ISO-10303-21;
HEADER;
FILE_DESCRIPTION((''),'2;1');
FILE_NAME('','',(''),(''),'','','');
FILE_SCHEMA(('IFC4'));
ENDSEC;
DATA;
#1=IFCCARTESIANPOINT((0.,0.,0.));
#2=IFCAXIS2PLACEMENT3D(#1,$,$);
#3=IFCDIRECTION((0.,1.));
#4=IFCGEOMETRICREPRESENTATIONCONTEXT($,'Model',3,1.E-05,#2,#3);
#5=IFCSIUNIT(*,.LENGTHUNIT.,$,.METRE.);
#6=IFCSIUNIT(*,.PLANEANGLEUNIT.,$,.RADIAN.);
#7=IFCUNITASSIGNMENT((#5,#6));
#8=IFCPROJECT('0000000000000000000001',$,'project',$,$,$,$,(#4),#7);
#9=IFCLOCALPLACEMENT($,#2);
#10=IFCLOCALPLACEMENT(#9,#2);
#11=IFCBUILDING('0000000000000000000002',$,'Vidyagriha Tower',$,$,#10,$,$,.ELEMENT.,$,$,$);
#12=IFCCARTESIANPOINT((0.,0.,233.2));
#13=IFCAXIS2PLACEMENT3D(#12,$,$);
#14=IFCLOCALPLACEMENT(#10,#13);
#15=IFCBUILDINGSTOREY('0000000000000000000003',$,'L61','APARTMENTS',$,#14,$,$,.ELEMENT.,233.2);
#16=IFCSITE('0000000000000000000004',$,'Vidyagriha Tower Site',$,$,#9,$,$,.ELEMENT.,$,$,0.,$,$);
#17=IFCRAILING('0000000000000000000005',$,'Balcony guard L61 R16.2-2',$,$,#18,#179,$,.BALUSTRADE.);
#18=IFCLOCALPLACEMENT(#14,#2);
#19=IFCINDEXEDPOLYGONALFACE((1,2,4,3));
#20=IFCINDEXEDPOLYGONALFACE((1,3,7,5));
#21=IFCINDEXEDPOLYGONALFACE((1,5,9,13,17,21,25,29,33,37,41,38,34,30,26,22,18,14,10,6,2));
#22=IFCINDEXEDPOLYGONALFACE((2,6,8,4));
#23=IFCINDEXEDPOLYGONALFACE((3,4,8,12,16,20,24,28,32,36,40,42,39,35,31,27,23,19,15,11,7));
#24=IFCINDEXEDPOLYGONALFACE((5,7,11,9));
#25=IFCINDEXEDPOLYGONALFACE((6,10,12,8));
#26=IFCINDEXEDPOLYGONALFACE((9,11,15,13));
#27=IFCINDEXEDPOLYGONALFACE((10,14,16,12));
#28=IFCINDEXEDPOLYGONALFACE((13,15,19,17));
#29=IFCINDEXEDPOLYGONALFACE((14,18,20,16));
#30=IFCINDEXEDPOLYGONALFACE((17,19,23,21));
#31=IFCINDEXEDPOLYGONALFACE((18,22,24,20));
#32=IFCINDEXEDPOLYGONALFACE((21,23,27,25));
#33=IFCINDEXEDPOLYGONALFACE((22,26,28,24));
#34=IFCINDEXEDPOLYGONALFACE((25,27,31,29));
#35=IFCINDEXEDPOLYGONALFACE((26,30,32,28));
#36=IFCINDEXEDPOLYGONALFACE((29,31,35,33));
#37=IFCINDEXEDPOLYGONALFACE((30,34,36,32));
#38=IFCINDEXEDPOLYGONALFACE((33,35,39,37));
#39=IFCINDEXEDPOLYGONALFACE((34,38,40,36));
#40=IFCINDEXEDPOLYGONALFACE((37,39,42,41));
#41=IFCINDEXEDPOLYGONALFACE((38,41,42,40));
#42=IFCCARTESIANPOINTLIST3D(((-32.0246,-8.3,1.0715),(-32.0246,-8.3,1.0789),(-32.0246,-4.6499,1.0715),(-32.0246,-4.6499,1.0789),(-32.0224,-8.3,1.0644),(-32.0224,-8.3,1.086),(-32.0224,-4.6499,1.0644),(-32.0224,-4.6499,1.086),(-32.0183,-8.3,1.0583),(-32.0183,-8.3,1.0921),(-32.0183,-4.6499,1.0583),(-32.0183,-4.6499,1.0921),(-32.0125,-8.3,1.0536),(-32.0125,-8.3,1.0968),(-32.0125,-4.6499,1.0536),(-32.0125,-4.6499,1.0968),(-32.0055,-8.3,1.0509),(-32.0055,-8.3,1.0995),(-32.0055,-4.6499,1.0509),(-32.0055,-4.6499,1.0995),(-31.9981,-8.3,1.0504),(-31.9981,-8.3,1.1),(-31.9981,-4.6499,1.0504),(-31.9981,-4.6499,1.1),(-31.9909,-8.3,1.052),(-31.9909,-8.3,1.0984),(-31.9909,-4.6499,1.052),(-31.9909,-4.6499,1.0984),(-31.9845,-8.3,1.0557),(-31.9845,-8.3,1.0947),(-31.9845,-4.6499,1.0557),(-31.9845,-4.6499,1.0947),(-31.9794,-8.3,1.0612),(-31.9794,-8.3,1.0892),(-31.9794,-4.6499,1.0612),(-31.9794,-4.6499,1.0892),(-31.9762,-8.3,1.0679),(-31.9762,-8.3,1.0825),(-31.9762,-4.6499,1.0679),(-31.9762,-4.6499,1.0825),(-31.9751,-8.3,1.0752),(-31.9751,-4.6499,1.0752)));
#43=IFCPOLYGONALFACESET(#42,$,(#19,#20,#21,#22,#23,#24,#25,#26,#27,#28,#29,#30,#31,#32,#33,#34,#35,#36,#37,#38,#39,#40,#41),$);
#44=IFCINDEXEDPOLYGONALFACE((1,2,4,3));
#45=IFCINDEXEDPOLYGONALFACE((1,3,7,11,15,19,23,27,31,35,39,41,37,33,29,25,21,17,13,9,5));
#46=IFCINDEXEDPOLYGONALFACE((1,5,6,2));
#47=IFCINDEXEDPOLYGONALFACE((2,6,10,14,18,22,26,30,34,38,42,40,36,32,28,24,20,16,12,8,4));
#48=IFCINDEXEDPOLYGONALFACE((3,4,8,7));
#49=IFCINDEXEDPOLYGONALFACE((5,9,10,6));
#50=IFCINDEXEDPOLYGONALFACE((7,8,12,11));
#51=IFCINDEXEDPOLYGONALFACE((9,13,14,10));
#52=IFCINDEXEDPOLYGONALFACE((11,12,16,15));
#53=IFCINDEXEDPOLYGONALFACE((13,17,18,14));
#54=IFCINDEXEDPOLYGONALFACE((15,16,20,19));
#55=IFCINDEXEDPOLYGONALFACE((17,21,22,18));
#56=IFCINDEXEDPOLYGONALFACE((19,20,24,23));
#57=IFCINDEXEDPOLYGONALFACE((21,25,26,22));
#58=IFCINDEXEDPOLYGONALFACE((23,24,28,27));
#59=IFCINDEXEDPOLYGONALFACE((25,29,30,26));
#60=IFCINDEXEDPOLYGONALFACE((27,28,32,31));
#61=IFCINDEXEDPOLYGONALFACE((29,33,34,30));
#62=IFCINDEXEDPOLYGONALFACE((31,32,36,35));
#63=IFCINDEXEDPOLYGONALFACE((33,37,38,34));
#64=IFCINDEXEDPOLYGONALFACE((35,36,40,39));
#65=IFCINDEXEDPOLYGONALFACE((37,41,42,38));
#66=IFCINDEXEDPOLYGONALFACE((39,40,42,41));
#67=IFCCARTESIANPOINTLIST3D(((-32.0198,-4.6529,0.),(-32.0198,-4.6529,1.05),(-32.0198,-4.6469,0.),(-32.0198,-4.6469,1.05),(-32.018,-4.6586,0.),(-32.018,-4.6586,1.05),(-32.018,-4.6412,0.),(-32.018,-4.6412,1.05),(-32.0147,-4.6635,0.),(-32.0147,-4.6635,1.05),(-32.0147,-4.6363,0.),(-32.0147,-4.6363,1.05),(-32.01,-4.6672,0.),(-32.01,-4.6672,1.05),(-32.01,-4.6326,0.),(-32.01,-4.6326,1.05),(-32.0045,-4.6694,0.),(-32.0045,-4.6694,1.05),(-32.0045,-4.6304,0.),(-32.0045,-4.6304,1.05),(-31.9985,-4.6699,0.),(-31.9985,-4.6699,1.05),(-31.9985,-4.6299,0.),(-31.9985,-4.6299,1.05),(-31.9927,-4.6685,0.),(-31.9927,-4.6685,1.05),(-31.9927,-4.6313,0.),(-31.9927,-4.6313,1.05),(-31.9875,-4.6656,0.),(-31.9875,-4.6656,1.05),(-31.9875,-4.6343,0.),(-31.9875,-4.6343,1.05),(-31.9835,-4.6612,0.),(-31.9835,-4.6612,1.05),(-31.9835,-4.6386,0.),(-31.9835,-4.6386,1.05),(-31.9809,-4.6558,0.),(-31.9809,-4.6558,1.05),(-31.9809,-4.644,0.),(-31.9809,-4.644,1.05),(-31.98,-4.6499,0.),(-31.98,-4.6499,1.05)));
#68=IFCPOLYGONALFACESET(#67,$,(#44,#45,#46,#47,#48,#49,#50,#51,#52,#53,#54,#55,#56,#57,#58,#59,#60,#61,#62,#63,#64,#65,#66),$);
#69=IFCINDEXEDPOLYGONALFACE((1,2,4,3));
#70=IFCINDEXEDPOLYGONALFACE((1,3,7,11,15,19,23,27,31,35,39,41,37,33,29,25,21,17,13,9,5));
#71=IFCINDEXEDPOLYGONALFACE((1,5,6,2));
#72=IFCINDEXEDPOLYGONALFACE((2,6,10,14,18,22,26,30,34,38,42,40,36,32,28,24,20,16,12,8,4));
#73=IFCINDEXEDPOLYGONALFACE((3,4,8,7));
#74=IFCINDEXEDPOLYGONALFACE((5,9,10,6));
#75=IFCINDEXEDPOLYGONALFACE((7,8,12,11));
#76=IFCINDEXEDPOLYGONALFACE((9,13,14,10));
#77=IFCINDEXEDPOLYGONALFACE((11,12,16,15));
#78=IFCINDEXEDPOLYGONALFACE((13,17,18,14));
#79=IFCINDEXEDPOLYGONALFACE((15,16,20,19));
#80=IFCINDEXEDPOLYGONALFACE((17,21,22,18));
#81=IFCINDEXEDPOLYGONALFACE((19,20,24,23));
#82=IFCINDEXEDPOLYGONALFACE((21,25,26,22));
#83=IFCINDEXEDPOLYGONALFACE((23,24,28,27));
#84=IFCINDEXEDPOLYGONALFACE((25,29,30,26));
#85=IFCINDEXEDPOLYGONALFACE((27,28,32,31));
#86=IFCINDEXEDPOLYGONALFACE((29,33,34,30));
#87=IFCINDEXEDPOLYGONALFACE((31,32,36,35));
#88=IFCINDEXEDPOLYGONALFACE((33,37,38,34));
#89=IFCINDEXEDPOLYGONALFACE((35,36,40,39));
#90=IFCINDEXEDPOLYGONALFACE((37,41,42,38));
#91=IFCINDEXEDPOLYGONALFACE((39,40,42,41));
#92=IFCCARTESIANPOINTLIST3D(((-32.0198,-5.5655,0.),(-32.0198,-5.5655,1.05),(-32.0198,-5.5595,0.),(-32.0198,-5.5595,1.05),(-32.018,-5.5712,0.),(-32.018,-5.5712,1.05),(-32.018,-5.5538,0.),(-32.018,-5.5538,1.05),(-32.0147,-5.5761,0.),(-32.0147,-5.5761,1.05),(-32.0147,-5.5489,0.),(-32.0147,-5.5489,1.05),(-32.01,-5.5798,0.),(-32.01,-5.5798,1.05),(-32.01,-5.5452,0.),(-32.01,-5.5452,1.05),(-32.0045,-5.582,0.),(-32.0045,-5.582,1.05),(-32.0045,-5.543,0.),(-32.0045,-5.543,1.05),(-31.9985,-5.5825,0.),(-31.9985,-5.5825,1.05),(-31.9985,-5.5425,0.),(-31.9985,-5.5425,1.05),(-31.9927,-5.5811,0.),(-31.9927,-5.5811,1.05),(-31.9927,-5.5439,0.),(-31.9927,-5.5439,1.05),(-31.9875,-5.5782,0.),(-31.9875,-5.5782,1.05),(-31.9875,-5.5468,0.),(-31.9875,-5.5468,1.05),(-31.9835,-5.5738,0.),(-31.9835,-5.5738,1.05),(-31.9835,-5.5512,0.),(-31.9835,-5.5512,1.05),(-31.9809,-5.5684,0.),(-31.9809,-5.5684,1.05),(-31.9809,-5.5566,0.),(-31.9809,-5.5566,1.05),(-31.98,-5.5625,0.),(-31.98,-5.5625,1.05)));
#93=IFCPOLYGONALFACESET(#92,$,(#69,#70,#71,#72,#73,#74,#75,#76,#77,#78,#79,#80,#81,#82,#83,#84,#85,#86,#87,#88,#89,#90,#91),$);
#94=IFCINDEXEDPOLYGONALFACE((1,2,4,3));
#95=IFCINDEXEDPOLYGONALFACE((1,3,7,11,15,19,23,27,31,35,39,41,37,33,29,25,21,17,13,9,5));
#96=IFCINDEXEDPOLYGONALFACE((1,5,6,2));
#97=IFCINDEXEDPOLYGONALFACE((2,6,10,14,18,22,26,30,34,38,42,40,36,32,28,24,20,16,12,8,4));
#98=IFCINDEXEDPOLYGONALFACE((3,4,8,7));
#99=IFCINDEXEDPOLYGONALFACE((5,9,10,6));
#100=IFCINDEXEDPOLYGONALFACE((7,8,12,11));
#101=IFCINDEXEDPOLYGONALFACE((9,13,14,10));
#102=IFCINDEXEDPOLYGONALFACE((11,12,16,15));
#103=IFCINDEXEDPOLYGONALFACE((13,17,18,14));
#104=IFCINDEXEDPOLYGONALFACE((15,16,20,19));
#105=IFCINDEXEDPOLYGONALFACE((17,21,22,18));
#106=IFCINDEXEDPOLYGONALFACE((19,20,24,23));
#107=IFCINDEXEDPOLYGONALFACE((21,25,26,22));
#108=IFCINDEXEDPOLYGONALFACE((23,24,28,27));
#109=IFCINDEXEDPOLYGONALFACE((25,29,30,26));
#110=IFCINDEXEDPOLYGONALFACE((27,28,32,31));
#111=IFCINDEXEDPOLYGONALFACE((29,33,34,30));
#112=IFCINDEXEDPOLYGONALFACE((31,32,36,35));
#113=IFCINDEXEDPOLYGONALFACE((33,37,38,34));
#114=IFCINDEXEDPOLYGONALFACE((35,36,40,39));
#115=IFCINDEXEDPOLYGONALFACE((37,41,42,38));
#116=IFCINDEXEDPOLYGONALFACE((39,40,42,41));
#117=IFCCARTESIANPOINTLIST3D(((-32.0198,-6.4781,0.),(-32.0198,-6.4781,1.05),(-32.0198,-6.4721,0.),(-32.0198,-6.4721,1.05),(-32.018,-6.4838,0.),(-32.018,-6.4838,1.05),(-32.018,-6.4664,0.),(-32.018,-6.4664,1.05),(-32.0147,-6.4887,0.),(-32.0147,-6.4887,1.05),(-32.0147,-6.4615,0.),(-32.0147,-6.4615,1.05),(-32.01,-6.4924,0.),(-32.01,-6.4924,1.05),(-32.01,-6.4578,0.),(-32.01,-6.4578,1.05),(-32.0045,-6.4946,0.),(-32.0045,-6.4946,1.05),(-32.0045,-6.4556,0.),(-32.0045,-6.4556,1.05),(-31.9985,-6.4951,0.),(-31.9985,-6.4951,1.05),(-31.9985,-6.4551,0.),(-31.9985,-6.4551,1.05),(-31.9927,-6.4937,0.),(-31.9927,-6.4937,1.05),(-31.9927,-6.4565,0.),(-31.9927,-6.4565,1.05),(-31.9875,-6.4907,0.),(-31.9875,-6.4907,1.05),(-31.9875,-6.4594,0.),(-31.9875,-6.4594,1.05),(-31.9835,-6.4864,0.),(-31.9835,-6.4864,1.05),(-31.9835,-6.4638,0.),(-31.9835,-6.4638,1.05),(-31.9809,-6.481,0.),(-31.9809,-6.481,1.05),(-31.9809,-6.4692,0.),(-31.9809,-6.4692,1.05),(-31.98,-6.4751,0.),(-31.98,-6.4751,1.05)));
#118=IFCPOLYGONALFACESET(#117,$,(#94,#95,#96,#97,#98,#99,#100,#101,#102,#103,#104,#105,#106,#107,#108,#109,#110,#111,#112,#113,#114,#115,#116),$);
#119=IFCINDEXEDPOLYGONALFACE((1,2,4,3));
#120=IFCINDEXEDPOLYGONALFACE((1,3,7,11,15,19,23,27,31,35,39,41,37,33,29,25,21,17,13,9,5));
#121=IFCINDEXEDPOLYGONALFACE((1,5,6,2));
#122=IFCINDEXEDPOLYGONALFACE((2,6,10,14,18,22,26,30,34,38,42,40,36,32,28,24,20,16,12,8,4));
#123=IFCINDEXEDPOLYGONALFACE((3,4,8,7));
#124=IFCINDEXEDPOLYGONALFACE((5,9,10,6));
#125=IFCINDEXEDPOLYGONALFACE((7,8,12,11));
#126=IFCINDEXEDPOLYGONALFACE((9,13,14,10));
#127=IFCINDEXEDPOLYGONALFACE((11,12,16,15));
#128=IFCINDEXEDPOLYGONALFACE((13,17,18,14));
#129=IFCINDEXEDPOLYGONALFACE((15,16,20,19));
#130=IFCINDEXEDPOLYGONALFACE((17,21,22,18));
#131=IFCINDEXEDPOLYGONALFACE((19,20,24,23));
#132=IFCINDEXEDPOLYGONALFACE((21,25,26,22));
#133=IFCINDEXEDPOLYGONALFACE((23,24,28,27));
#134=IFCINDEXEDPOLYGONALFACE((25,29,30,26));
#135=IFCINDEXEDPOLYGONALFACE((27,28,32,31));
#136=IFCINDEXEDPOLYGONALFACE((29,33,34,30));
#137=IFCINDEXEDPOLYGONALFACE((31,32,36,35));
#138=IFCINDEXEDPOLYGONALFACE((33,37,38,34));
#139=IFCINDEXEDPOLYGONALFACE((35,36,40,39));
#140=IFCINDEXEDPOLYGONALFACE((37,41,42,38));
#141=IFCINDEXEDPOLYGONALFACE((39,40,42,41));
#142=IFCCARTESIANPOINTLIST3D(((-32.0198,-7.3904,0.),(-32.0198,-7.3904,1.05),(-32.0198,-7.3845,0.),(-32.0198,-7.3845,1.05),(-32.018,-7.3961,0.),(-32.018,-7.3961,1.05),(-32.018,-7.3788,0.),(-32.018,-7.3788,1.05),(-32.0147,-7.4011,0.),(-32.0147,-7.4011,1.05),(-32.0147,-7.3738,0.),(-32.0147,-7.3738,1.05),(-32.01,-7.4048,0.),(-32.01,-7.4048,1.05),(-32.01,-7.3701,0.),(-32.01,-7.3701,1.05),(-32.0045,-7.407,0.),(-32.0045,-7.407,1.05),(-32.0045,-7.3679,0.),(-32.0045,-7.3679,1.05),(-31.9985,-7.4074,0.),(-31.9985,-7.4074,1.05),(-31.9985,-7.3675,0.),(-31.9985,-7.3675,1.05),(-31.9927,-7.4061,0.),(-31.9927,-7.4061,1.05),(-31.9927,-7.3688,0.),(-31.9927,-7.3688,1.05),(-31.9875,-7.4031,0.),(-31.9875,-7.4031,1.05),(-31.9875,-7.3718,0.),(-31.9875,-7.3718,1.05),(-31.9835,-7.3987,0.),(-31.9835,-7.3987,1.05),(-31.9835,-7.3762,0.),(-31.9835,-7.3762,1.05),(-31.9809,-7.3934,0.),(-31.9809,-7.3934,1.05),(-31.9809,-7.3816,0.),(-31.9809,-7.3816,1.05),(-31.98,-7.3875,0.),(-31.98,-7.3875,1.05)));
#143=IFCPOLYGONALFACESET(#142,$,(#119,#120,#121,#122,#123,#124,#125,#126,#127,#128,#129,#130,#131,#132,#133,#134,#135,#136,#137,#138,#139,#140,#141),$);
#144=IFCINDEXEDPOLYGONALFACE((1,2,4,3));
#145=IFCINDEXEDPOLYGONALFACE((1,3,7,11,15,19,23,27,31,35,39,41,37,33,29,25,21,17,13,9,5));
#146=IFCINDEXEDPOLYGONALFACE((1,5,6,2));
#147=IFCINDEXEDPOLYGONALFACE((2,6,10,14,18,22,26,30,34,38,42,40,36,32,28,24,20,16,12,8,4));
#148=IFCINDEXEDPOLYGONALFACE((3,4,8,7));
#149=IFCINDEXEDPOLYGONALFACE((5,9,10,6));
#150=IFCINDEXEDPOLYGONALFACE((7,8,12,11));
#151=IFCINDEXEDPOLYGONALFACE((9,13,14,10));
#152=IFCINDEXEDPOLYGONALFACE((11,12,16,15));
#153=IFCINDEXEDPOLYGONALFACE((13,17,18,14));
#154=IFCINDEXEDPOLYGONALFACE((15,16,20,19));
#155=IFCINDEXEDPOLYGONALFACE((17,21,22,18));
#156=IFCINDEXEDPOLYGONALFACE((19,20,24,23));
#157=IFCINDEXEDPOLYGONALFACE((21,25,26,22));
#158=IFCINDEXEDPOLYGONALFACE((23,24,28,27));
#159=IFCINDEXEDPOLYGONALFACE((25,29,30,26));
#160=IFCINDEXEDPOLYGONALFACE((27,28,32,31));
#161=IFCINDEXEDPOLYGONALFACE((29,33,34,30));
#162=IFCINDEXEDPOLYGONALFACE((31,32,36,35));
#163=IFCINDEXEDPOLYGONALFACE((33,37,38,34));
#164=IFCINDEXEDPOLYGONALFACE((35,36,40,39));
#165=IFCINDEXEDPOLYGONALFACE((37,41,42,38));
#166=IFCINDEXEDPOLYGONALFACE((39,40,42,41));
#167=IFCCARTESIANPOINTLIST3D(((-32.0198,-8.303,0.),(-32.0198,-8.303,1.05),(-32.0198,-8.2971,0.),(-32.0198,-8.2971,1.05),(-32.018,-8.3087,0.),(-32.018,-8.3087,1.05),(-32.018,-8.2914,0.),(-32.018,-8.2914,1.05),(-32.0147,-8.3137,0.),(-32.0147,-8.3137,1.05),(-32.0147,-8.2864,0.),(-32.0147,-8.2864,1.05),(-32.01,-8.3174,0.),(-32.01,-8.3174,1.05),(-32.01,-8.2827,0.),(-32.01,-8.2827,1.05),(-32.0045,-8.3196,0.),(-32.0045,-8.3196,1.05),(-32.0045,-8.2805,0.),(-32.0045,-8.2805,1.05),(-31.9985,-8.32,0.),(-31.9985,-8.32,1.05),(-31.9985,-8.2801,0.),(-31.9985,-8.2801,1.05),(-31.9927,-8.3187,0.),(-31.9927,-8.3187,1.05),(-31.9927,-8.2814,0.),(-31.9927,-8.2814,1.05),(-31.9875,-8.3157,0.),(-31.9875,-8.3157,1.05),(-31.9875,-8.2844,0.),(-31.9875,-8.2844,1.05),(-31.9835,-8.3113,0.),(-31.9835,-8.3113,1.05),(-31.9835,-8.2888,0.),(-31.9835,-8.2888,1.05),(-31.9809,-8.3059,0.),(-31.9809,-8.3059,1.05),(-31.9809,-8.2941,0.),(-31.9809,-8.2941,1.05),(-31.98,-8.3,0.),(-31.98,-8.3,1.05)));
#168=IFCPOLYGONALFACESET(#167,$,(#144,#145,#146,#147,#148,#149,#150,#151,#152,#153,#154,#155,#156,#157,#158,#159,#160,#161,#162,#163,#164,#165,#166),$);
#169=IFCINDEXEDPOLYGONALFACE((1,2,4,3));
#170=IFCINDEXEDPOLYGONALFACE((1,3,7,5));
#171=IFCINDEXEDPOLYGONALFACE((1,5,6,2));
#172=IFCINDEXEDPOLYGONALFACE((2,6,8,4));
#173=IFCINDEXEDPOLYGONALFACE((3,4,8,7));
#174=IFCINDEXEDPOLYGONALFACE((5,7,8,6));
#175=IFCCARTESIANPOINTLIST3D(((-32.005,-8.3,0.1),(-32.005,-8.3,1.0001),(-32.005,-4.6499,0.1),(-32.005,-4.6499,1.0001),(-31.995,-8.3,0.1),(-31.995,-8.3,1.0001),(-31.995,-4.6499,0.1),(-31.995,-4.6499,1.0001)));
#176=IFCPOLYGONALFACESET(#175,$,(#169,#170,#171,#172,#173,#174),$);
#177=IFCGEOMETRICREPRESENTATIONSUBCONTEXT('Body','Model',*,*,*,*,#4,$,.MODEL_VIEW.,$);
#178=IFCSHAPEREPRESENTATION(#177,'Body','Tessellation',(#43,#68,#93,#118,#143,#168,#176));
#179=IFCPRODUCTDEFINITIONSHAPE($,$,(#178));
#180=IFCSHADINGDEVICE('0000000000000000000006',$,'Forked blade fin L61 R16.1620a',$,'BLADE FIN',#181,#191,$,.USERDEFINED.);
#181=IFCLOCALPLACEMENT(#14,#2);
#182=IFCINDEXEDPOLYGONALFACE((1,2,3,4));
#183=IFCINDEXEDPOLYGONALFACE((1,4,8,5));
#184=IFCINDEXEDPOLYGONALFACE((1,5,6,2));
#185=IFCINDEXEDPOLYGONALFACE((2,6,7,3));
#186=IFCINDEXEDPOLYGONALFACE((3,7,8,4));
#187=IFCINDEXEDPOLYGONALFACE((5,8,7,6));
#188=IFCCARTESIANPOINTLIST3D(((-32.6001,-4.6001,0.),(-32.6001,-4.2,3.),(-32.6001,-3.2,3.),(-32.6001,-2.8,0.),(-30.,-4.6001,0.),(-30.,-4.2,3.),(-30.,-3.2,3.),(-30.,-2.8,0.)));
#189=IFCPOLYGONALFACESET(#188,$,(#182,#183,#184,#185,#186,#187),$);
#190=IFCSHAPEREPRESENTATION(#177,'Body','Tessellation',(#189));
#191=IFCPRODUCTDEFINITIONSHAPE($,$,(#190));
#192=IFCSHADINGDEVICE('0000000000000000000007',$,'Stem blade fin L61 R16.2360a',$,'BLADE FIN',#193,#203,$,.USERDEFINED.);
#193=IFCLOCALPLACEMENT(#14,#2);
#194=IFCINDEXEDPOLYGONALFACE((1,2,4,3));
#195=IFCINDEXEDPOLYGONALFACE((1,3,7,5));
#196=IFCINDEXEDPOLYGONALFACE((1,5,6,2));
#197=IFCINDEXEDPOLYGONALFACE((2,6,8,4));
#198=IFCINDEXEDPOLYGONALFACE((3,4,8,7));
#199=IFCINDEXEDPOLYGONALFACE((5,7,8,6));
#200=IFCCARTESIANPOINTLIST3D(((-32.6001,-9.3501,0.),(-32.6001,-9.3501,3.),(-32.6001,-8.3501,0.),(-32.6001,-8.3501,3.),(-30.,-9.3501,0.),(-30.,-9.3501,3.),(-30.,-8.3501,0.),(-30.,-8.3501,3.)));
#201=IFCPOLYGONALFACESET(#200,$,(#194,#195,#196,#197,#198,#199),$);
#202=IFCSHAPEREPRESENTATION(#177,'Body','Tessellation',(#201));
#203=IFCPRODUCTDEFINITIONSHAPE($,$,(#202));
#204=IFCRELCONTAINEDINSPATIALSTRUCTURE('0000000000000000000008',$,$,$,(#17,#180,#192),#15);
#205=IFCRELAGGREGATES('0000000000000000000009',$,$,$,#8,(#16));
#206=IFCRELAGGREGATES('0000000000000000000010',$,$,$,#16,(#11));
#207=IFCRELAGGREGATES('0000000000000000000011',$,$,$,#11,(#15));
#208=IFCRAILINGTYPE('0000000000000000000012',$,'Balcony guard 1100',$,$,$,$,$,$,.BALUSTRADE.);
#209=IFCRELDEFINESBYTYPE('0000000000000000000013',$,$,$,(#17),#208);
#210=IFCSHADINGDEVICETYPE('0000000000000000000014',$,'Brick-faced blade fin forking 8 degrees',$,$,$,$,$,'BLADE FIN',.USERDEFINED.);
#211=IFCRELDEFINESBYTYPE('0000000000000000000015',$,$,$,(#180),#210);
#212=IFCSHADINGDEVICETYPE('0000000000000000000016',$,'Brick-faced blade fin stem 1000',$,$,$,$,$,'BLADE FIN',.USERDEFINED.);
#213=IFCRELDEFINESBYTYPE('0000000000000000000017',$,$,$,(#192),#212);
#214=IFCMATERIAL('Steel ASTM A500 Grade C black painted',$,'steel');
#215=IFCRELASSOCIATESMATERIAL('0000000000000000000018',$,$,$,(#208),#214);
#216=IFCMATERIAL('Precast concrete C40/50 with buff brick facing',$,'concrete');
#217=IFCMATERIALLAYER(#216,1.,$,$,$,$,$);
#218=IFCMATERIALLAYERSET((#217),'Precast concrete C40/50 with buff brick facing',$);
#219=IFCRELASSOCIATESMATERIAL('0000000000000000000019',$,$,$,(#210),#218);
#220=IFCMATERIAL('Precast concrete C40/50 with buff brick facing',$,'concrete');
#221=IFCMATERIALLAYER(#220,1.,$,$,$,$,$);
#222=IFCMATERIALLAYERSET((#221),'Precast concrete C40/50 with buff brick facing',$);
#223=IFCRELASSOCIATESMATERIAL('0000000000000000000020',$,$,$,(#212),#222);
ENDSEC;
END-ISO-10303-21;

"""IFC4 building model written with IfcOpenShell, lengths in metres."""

from ifc_helpers import new_model, si_unit, direction, frame, origin, origin_2d, place, context, subcontext, project, spatial, polyline, rectangle, circle, outline, extrude, material, layer, layer_set, type_object, element, save


model = new_model("IFC4")

# Units and contexts
model_context = context("Model", 3, precision=1e-05, world=origin(), true_north=direction((0.0, 1.0)))
body_context = subcontext(model_context, "Body", "Model", "MODEL_VIEW")
ifc_project = project(units=[si_unit("LENGTHUNIT", "METRE"), si_unit("PLANEANGLEUNIT", "RADIAN")], contexts=[model_context])

# Site, building, storey
site_placement = place(None, origin())
site = spatial("IfcSite", under=ifc_project, at=site_placement, Name="Vidyagriha Tower Site", CompositionType="ELEMENT", RefElevation=0.0)
building_placement = place(site_placement, origin())
building = spatial("IfcBuilding", under=site, at=building_placement, Name="Vidyagriha Tower", CompositionType="ELEMENT")
storey_placement = place(building_placement, frame((0.0, 0.0, 233.2)))
storey = spatial("IfcBuildingStorey", under=building, at=storey_placement, Name="L61", Description="APARTMENTS", CompositionType="ELEMENT", Elevation=233.2)

# Railing
ifc_material_1 = material(Name="Steel ASTM A500 Grade C black painted", Category="steel")
railing_type_1 = type_object("IfcRailingType", Name="Balcony guard 1100", PredefinedType="BALUSTRADE", material=ifc_material_1)
railing_1_placement = place(storey_placement, frame((-32.0, -4.6499, 0.0)))
element("IfcRailing", 1, at=railing_1_placement, inside=storey, type_object=railing_type_1, Name="Balcony guard L61 R16.2-2", PredefinedType="BALUSTRADE", context=body_context, shape_type="SweptSolid", body=[
    extrude(circle(Radius=0.0249, at=origin_2d()), frame((0.0, 0.0, 1.0752), z_axis=(0.0, -1.0, 0.0), x_axis=(1.0, 0.0, 0.0)), (0.0, 0.0, 1.0), 3.6501),
    extrude(circle(Radius=0.02, at=origin_2d()), origin(), (0.0, 0.0, 1.0), 1.05),
    extrude(circle(Radius=0.02, at=origin_2d()), frame((0.0, -0.9126, 0.0)), (0.0, 0.0, 1.0), 1.05),
    extrude(circle(Radius=0.02, at=origin_2d()), frame((0.0, -1.8252, 0.0)), (0.0, 0.0, 1.0), 1.05),
    extrude(circle(Radius=0.02, at=origin_2d()), frame((0.0, -2.7375, 0.0)), (0.0, 0.0, 1.0), 1.05),
    extrude(circle(Radius=0.02, at=origin_2d()), frame((0.0, -3.6501, 0.0)), (0.0, 0.0, 1.0), 1.05),
    extrude(rectangle(XDim=0.01, YDim=0.9001, at=origin_2d()), frame((0.0, 0.0, 0.55), z_axis=(0.0, -1.0, 0.0), x_axis=(1.0, 0.0, 0.0)), (0.0, 0.0, 1.0), 3.6501),
])

# Shading devices
ifc_material_2 = material(Name="Precast concrete C40/50 with buff brick facing", Category="concrete")
ifc_layer_1 = layer(ifc_material_2, 1.0)
ifc_layer_set_1 = layer_set([ifc_layer_1], Name="Precast concrete C40/50 with buff brick facing")
shading_device_type_1 = type_object("IfcShadingDeviceType", Name="Brick-faced blade fin forking 8 degrees", ElementType="BLADE FIN", PredefinedType="USERDEFINED", material=ifc_layer_set_1)
shading_device_1_placement = place(storey_placement, frame((-31.3, -2.8, 0.0), z_axis=(0.0, 0.0, 1.0), x_axis=(0.0, -1.0, 0.0)))
element("IfcShadingDevice", 2, at=shading_device_1_placement, inside=storey, type_object=shading_device_type_1, Name="Forked blade fin L61 R16.1620a", ObjectType="BLADE FIN", PredefinedType="USERDEFINED", context=body_context, shape_type="SweptSolid", body=[
    extrude(outline(polyline([(0.0, 0.0), (1.8, 0.0), (1.3999, 3.0), (0.3999, 3.0), (0.0, 0.0)])), frame((0.0, 1.3, 0.0), z_axis=(0.0, -1.0, 0.0), x_axis=(1.0, 0.0, 0.0)), (0.0, 0.0, 1.0), 2.6001),
])
ifc_material_3 = material(Name="Precast concrete C40/50 with buff brick facing", Category="concrete")
ifc_layer_2 = layer(ifc_material_3, 1.0)
ifc_layer_set_2 = layer_set([ifc_layer_2], Name="Precast concrete C40/50 with buff brick facing")
shading_device_type_2 = type_object("IfcShadingDeviceType", Name="Brick-faced blade fin stem 1000", ElementType="BLADE FIN", PredefinedType="USERDEFINED", material=ifc_layer_set_2)
shading_device_2_placement = place(storey_placement, frame((-31.3, -8.3501, 0.0), z_axis=(0.0, 0.0, 1.0), x_axis=(0.0, -1.0, 0.0)))
element("IfcShadingDevice", 3, at=shading_device_2_placement, inside=storey, type_object=shading_device_type_2, Name="Stem blade fin L61 R16.2360a", ObjectType="BLADE FIN", PredefinedType="USERDEFINED", context=body_context, shape_type="SweptSolid", body=[
    extrude(outline(polyline([(0.0, 0.0), (1.0, 0.0), (1.0, 3.0), (0.0, 3.0), (0.0, 0.0)])), frame((0.0, 1.3, 0.0), z_axis=(0.0, -1.0, 0.0), x_axis=(1.0, 0.0, 0.0)), (0.0, 0.0, 1.0), 2.6001),
])

save(model, "model.ifc")
